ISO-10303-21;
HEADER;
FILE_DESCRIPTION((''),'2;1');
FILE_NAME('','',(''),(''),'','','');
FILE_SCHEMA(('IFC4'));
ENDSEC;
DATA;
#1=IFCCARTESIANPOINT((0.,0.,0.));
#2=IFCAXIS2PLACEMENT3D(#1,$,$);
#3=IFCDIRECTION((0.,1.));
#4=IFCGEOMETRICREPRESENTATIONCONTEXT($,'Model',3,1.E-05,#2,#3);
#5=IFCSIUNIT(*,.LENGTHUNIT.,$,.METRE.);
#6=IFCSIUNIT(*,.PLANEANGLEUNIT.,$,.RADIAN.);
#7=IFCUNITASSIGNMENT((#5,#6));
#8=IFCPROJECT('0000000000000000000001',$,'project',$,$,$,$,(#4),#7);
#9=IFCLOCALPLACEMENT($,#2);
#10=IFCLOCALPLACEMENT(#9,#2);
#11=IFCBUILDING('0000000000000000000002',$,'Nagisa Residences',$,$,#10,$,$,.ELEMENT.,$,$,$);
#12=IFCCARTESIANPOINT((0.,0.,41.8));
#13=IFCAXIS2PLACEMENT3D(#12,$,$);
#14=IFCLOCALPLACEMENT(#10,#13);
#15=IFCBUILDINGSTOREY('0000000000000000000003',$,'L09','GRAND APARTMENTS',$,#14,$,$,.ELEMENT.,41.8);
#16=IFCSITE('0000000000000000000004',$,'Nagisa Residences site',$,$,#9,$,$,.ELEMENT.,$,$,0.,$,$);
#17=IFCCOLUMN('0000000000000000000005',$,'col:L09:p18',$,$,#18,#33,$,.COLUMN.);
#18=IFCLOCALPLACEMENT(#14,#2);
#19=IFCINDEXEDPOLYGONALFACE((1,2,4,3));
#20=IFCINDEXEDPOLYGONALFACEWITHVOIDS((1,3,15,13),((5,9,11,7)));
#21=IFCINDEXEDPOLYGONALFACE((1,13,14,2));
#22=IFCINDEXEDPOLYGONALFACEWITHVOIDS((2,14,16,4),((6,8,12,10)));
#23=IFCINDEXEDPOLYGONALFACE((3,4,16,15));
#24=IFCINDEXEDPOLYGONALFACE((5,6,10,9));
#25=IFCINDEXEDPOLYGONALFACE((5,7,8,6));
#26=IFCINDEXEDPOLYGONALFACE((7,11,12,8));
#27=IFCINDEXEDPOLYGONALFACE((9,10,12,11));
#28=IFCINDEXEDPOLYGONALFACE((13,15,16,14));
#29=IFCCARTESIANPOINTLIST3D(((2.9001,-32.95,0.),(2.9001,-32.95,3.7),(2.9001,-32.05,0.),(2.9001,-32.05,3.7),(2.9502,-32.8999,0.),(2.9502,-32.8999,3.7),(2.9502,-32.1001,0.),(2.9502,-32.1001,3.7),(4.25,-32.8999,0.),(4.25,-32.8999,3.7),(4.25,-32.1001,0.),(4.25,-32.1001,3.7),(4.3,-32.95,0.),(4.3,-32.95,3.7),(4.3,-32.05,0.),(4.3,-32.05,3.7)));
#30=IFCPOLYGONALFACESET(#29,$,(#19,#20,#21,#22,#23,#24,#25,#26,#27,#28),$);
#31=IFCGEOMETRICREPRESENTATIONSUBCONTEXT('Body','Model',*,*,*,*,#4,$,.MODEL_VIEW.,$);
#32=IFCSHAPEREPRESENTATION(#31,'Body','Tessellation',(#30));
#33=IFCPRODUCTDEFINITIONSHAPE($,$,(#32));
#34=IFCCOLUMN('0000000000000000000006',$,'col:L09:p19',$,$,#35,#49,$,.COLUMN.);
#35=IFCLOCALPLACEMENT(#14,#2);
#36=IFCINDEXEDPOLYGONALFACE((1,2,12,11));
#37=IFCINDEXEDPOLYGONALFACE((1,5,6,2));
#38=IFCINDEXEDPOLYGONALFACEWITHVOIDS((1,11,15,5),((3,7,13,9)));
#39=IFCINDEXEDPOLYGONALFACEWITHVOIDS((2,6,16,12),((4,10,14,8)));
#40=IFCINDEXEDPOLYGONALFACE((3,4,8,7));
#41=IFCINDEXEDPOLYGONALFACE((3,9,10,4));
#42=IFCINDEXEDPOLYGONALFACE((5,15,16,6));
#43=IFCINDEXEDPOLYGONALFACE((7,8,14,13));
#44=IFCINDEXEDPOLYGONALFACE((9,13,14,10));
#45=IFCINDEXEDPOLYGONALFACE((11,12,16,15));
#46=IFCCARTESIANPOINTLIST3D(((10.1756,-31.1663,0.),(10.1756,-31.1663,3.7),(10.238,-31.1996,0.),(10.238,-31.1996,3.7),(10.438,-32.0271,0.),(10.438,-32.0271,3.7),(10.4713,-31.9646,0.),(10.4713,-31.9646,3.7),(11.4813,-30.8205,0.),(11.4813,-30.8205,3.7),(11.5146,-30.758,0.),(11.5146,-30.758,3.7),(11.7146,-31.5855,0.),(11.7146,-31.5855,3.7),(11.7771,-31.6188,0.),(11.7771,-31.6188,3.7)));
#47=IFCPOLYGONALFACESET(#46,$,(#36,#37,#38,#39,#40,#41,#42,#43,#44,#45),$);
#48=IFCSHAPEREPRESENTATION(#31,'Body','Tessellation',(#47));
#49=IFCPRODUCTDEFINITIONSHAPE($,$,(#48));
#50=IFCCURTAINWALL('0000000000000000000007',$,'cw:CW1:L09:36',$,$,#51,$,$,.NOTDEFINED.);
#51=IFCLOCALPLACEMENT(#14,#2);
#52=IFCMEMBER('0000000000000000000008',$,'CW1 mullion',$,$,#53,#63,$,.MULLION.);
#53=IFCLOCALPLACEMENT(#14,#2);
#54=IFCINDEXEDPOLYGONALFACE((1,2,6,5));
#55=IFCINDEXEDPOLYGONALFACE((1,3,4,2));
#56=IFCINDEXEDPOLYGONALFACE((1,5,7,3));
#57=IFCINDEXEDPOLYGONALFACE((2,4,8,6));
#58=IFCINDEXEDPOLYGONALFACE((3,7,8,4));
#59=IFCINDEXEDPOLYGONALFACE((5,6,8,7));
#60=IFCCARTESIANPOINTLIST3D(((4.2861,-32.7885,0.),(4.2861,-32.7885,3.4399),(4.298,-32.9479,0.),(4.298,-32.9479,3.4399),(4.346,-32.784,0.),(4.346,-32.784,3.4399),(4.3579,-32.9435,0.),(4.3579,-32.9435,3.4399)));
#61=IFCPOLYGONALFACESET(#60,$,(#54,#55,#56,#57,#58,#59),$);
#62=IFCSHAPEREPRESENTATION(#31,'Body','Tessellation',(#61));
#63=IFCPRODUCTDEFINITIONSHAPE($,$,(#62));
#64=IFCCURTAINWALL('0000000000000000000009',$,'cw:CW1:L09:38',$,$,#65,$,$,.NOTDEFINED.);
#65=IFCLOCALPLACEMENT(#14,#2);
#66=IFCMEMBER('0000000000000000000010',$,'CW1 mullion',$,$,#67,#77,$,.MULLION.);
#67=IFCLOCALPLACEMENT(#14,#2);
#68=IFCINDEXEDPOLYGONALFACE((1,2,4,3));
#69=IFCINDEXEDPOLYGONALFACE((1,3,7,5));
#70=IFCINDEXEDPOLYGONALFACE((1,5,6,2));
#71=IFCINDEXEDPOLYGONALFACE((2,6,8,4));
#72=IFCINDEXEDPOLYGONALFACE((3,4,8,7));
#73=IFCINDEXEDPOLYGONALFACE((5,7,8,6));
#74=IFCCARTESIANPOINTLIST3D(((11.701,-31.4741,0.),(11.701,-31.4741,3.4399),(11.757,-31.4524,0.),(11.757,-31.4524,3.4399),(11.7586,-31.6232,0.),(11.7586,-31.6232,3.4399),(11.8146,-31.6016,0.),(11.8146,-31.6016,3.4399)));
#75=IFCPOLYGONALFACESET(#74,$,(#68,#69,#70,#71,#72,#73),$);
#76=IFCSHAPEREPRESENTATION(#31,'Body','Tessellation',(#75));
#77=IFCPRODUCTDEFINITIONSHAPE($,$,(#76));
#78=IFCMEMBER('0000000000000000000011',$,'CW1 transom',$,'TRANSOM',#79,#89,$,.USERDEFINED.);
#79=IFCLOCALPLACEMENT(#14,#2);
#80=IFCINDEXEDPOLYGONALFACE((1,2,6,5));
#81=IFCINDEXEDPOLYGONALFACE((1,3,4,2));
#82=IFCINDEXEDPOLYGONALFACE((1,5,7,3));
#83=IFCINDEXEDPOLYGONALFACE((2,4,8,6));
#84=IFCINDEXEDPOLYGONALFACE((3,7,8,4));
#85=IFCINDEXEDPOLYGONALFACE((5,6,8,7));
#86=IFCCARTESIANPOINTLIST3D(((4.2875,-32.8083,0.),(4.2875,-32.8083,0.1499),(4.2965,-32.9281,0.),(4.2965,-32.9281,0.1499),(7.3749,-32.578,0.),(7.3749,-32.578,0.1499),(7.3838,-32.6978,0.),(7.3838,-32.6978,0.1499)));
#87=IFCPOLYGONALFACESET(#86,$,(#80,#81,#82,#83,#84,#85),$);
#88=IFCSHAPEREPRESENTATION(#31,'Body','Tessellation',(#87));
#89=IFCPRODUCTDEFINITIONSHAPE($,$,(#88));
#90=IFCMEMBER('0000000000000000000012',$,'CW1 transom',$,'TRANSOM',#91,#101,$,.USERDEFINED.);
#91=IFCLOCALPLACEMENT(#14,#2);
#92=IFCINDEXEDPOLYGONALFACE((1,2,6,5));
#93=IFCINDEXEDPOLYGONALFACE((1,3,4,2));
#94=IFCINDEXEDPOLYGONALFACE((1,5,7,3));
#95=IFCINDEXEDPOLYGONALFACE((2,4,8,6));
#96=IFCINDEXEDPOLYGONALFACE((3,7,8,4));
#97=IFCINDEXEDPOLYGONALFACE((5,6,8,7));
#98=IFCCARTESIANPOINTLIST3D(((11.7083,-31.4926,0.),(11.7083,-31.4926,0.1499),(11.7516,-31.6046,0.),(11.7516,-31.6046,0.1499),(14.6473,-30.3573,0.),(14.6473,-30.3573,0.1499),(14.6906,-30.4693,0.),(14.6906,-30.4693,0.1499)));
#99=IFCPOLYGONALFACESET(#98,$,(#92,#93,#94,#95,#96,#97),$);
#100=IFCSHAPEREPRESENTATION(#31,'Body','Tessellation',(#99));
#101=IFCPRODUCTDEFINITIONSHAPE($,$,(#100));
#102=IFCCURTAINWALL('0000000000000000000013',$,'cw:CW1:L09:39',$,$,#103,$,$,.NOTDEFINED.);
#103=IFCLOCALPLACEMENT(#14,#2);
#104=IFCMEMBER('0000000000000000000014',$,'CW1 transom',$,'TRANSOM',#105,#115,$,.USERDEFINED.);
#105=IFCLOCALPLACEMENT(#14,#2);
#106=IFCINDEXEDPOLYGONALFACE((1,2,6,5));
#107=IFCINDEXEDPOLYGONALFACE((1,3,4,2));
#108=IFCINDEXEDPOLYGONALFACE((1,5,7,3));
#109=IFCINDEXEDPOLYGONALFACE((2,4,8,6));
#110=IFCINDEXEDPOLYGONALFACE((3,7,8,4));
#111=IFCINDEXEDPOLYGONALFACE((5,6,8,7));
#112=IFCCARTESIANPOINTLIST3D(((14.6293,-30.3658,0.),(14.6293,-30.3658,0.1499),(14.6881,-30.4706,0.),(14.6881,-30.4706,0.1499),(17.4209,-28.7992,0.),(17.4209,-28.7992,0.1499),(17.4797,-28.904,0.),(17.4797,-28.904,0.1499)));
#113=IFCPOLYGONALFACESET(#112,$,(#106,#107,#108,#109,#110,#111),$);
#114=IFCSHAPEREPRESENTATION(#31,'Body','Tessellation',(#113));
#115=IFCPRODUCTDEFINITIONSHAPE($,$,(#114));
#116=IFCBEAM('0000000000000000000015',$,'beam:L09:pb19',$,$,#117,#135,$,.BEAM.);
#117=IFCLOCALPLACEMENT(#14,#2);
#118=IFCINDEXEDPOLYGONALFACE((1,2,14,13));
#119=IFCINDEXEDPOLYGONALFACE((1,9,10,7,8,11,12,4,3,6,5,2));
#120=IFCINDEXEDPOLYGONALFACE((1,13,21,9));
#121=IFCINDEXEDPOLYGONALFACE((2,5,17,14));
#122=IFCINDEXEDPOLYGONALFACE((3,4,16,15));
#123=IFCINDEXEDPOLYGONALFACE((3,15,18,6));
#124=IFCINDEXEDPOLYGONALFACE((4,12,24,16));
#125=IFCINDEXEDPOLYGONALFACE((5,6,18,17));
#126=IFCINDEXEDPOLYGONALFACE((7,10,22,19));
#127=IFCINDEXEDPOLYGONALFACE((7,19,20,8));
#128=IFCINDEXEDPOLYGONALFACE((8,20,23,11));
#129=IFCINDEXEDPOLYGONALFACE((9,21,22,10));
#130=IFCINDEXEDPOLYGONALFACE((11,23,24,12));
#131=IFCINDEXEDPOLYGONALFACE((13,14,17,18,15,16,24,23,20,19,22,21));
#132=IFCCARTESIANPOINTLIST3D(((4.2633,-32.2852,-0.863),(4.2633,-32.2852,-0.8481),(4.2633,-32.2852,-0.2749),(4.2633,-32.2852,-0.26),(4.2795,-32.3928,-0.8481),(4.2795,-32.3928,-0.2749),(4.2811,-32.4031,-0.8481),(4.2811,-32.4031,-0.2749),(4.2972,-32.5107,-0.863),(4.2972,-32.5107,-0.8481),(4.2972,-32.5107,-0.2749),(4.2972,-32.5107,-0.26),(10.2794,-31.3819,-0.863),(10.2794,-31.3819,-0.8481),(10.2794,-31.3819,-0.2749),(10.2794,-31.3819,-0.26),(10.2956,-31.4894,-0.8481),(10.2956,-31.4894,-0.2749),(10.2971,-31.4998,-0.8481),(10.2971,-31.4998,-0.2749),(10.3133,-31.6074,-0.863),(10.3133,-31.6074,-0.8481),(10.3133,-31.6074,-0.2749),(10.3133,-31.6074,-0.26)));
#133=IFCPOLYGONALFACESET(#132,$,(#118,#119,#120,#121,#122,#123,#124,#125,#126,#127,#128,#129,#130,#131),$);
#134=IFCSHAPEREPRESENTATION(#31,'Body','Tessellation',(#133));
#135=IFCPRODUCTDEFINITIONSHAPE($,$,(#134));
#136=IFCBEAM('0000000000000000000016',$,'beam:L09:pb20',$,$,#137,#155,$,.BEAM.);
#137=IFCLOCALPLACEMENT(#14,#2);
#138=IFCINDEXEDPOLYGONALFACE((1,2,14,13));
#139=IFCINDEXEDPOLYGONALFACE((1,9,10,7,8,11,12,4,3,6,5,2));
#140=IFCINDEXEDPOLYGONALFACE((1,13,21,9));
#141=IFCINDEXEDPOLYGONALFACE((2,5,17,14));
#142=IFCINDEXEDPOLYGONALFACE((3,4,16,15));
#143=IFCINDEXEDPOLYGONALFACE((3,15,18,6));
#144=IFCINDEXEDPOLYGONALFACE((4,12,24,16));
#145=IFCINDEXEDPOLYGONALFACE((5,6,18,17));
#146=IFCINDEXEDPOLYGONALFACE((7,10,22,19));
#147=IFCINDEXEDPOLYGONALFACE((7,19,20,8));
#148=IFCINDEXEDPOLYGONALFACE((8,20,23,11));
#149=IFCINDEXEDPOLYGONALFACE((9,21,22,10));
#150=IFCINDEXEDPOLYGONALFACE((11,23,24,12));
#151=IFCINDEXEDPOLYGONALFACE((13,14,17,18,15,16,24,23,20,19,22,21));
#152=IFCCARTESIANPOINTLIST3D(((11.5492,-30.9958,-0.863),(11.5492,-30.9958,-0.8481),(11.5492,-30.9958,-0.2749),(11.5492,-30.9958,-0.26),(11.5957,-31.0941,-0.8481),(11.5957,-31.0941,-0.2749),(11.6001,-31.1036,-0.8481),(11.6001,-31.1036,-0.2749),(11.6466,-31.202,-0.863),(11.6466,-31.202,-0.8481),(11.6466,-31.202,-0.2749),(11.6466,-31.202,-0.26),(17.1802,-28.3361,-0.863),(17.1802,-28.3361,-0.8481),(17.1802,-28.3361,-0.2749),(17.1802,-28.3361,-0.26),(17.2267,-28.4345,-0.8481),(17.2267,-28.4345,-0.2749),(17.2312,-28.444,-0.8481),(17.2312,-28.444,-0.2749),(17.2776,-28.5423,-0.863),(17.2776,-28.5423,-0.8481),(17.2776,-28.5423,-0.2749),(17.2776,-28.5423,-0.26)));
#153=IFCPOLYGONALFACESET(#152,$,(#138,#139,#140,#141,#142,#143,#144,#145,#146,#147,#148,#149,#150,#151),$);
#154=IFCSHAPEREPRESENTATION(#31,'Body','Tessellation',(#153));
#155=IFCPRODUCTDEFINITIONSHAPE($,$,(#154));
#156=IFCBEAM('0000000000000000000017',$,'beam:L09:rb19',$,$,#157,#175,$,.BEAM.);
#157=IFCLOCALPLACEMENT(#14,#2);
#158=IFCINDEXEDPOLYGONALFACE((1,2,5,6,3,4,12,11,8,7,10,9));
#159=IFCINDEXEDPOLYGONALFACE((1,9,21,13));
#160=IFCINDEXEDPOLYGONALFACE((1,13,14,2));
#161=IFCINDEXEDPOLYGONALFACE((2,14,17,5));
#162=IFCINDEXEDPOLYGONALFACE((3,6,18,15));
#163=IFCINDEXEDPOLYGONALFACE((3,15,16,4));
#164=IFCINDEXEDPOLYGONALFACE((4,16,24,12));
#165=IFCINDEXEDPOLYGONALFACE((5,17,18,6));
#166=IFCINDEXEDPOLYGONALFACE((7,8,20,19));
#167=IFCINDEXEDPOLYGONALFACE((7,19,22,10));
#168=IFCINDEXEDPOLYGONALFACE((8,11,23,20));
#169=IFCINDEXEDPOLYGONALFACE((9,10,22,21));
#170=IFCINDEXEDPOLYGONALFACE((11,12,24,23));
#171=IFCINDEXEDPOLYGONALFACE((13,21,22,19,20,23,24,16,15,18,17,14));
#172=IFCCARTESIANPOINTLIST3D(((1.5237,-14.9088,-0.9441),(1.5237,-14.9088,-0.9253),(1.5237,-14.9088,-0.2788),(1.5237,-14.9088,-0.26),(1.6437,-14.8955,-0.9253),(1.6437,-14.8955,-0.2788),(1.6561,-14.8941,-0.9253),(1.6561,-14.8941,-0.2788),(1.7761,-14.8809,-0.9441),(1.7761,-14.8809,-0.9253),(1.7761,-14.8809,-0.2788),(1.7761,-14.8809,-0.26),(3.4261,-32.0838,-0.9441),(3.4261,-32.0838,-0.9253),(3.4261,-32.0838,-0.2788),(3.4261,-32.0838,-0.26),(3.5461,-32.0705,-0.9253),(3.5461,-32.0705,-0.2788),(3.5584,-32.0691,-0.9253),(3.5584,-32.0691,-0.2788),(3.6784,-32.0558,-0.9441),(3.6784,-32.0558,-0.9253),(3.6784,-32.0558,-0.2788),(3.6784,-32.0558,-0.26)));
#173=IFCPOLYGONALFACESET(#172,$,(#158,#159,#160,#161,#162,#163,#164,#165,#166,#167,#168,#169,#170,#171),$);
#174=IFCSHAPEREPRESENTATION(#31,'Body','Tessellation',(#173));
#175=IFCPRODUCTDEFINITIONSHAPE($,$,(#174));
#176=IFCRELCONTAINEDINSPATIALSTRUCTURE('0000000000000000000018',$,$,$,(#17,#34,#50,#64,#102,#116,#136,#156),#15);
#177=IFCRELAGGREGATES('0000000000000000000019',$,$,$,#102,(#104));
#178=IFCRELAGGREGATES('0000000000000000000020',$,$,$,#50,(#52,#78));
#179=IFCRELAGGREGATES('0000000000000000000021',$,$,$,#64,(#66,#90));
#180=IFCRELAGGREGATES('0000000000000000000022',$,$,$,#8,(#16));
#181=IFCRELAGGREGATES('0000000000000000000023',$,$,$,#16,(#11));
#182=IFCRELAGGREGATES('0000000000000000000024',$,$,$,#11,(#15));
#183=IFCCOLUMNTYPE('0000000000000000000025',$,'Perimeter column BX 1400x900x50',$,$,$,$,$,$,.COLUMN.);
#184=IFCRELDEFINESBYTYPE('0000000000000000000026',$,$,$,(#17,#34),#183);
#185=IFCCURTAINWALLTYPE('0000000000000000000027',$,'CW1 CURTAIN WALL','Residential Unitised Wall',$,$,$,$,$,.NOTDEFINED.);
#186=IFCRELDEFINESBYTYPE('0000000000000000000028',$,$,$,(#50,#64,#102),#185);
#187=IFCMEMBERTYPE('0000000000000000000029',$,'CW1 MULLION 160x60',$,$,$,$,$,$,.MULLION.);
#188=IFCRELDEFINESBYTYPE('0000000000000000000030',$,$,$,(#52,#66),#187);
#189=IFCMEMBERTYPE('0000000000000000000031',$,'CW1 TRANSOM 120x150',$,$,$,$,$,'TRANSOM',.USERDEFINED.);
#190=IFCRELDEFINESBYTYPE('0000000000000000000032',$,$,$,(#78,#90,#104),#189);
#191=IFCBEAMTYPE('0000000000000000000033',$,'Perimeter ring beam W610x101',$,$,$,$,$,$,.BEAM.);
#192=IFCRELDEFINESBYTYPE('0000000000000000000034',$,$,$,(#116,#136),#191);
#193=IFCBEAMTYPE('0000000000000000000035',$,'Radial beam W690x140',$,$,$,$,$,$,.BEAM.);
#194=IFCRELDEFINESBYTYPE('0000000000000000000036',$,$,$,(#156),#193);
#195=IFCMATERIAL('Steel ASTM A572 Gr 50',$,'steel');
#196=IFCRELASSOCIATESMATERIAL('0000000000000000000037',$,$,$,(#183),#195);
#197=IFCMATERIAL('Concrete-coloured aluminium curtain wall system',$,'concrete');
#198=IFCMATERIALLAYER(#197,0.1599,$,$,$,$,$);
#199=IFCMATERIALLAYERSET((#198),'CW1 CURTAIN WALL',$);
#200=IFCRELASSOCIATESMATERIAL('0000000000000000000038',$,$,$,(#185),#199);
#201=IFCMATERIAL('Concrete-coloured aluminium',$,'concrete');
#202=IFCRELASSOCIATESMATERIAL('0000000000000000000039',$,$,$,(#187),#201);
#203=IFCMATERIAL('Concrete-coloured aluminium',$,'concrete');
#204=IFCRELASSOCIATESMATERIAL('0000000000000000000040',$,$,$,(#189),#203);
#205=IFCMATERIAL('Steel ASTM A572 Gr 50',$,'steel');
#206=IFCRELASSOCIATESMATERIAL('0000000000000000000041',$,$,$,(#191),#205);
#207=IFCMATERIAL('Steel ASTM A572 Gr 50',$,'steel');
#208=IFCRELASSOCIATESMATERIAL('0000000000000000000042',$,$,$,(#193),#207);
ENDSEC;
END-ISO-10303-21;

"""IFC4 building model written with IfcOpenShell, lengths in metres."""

from ifc_helpers import new_model, si_unit, direction, frame, origin, origin_2d, place, context, subcontext, project, spatial, rectangle, hollow_rectangle, i_section, extrude, material, layer, layer_set, material_profile, profile_set, type_object, element, aggregate, save


model = new_model("IFC4")

# Units and contexts
model_context = context("Model", 3, precision=1e-05, world=origin(), true_north=direction((0.0, 1.0)))
body_context = subcontext(model_context, "Body", "Model", "MODEL_VIEW")
ifc_project = project(units=[si_unit("LENGTHUNIT", "METRE"), si_unit("PLANEANGLEUNIT", "RADIAN")], contexts=[model_context])

# Site, building, storey
site_placement = place(None, origin())
site = spatial("IfcSite", under=ifc_project, at=site_placement, Name="Nagisa Residences site", CompositionType="ELEMENT", RefElevation=0.0)
building_placement = place(site_placement, origin())
building = spatial("IfcBuilding", under=site, at=building_placement, Name="Nagisa Residences", CompositionType="ELEMENT")
storey_placement = place(building_placement, frame((0.0, 0.0, 41.8)))
storey = spatial("IfcBuildingStorey", under=building, at=storey_placement, Name="L09", Description="GRAND APARTMENTS", CompositionType="ELEMENT", Elevation=41.8)

# Columns
ifc_material_1 = material(Name="Steel ASTM A572 Gr 50", Category="steel")
ifc_material_profile_1 = material_profile(ifc_material_1, hollow_rectangle(XDim=1.3999, YDim=0.8999, WallThickness=0.05, at=origin_2d()), Name="BX 1400x900x50")
ifc_profile_set_1 = profile_set([ifc_material_profile_1], Name="Steel ASTM A572 Gr 50")
column_type = type_object("IfcColumnType", Name="Perimeter column BX 1400x900x50", PredefinedType="COLUMN", material=ifc_profile_set_1)
for number, where, z_axis, x_axis, name in (
    (1, (3.6001, -32.5, 0.0), (0.0, 0.0, 1.0), (1.0, 0.0, 0.0), "col:L09:p18"),
    (2, (10.9763, -31.3926, 0.0), (0.0, 0.0, 1.0), (0.956525, 0.291652, 0.0), "col:L09:p19"),
):
    element("IfcColumn", number, at=place(storey_placement, frame(where, z_axis=z_axis, x_axis=x_axis)), inside=storey, type_object=column_type, Name=name, PredefinedType="COLUMN", context=body_context, shape_type="SweptSolid", body=[
        extrude(hollow_rectangle(XDim=1.3999, YDim=0.8999, WallThickness=0.05, at=origin_2d()), origin(), (0.0, 0.0, 1.0), 3.7),
    ])

# Curtain walls, members
ifc_material_2 = material(Name="Concrete-coloured aluminium curtain wall system", Category="concrete")
ifc_layer_1 = layer(ifc_material_2, 0.1599)
ifc_layer_set_1 = layer_set([ifc_layer_1], Name="CW1 CURTAIN WALL")
curtain_wall_type = type_object("IfcCurtainWallType", Name="CW1 CURTAIN WALL", Description="Residential Unitised Wall", PredefinedType="NOTDEFINED", material=ifc_layer_set_1)
curtain_wall_1_placement = place(storey_placement, origin())
curtain_wall_1 = element("IfcCurtainWall", 3, at=curtain_wall_1_placement, inside=storey, type_object=curtain_wall_type, Name="cw:CW1:L09:36", PredefinedType="NOTDEFINED")
ifc_material_3 = material(Name="Concrete-coloured aluminium", Category="concrete")
ifc_material_profile_2 = material_profile(ifc_material_3, rectangle(XDim=0.1599, YDim=0.0601, at=origin_2d()), Name="CW1 MULLION 160x60")
ifc_profile_set_2 = profile_set([ifc_material_profile_2], Name="Concrete-coloured aluminium")
member_type_1 = type_object("IfcMemberType", Name="CW1 MULLION 160x60", PredefinedType="MULLION", material=ifc_profile_set_2)
member_1_placement = place(storey_placement, frame((4.322, -32.866, 0.0), z_axis=(0.0, 0.0, 1.0), x_axis=(-0.074377, 0.99723, 0.0)))
member_1 = element("IfcMember", 4, at=member_1_placement, type_object=member_type_1, Name="CW1 mullion", PredefinedType="MULLION", context=body_context, shape_type="SweptSolid", body=[
    extrude(rectangle(XDim=0.1599, YDim=0.0601, at=origin_2d()), origin(), (0.0, 0.0, 1.0), 3.4399),
])
curtain_wall_2_placement = place(storey_placement, origin())
curtain_wall_2 = element("IfcCurtainWall", 5, at=curtain_wall_2_placement, inside=storey, type_object=curtain_wall_type, Name="cw:CW1:L09:38", PredefinedType="NOTDEFINED")
member_2_placement = place(storey_placement, frame((11.7578, -31.5378, 0.0), z_axis=(0.0, 0.0, 1.0), x_axis=(-0.360328, 0.932826, 0.0)))
member_2 = element("IfcMember", 6, at=member_2_placement, type_object=member_type_1, Name="CW1 mullion", PredefinedType="MULLION", context=body_context, shape_type="SweptSolid", body=[
    extrude(rectangle(XDim=0.1599, YDim=0.0601, at=origin_2d()), origin(), (0.0, 0.0, 1.0), 3.4399),
])

# Members
ifc_material_4 = material(Name="Concrete-coloured aluminium", Category="concrete")
ifc_material_profile_3 = material_profile(ifc_material_4, rectangle(XDim=0.1201, YDim=0.1499, at=origin_2d()), Name="CW1 TRANSOM 120x150")
ifc_profile_set_3 = profile_set([ifc_material_profile_3], Name="Concrete-coloured aluminium")
member_type_2 = type_object("IfcMemberType", Name="CW1 TRANSOM 120x150", ElementType="TRANSOM", PredefinedType="USERDEFINED", material=ifc_profile_set_3)
member_3_placement = place(storey_placement, frame((4.292, -32.8682, 0.075), z_axis=(0.997231, 0.074363, 0.0), x_axis=(-0.074363, 0.997231, 0.0)))
member_3 = element("IfcMember", 7, at=member_3_placement, type_object=member_type_2, Name="CW1 transom", ObjectType="TRANSOM", PredefinedType="USERDEFINED", context=body_context, shape_type="SweptSolid", body=[
    extrude(rectangle(XDim=0.1201, YDim=0.1499, at=origin_2d()), origin(), (0.0, 0.0, 1.0), 3.0959),
])
member_4_placement = place(storey_placement, frame((11.73, -31.5486, 0.075), z_axis=(0.932825, 0.360329, 0.0), x_axis=(-0.360329, 0.932825, 0.0)))
member_4 = element("IfcMember", 8, at=member_4_placement, type_object=member_type_2, Name="CW1 transom", ObjectType="TRANSOM", PredefinedType="USERDEFINED", context=body_context, shape_type="SweptSolid", body=[
    extrude(rectangle(XDim=0.1201, YDim=0.1499, at=origin_2d()), origin(), (0.0, 0.0, 1.0), 3.1506),
])

# Curtain wall, member
curtain_wall_3_placement = place(storey_placement, origin())
curtain_wall_3 = element("IfcCurtainWall", 9, at=curtain_wall_3_placement, inside=storey, type_object=curtain_wall_type, Name="cw:CW1:L09:39", PredefinedType="NOTDEFINED")
member_5_placement = place(storey_placement, frame((14.6587, -30.4182, 0.075), z_axis=(0.87207, 0.489381, 0.0), x_axis=(-0.489381, 0.87207, 0.0)))
member_5 = element("IfcMember", 10, at=member_5_placement, type_object=member_type_2, Name="CW1 transom", ObjectType="TRANSOM", PredefinedType="USERDEFINED", context=body_context, shape_type="SweptSolid", body=[
    extrude(rectangle(XDim=0.1201, YDim=0.1499, at=origin_2d()), origin(), (0.0, 0.0, 1.0), 3.2012),
])
aggregate(curtain_wall_3, [member_5])

# Beams
ifc_material_5 = material(Name="Steel ASTM A572 Gr 50", Category="steel")
ifc_material_profile_4 = material_profile(ifc_material_5, i_section(OverallWidth=0.228, OverallDepth=0.603, WebThickness=0.0105, FlangeThickness=0.0149, at=origin_2d()), Name="W610x101")
ifc_profile_set_4 = profile_set([ifc_material_profile_4], Name="Steel ASTM A572 Gr 50")
beam_type_1 = type_object("IfcBeamType", Name="Perimeter ring beam W610x101", PredefinedType="BEAM", material=ifc_profile_set_4)
beam_1_placement = place(storey_placement, frame((4.2803, -32.3979, -0.5615), z_axis=(0.988915, 0.148486, 0.0), x_axis=(-0.148486, 0.988915, 0.0)))
element("IfcBeam", 11, at=beam_1_placement, inside=storey, type_object=beam_type_1, Name="beam:L09:pb19", PredefinedType="BEAM", context=body_context, shape_type="SweptSolid", body=[
    extrude(i_section(OverallWidth=0.228, OverallDepth=0.603, WebThickness=0.0105, FlangeThickness=0.0149, at=origin_2d()), origin(), (0.0, 0.0, 1.0), 6.0835),
])
beam_2_placement = place(storey_placement, frame((11.5979, -31.0989, -0.5615), z_axis=(0.904215, 0.427077, 0.0), x_axis=(-0.427077, 0.904215, 0.0)))
element("IfcBeam", 12, at=beam_2_placement, inside=storey, type_object=beam_type_1, Name="beam:L09:pb20", PredefinedType="BEAM", context=body_context, shape_type="SweptSolid", body=[
    extrude(i_section(OverallWidth=0.228, OverallDepth=0.603, WebThickness=0.0105, FlangeThickness=0.0149, at=origin_2d()), origin(), (0.0, 0.0, 1.0), 6.2275),
])
ifc_material_6 = material(Name="Steel ASTM A572 Gr 50", Category="steel")
ifc_material_profile_5 = material_profile(ifc_material_6, i_section(OverallWidth=0.2539, OverallDepth=0.6841, WebThickness=0.0125, FlangeThickness=0.0188, at=origin_2d()), Name="W690x140")
ifc_profile_set_5 = profile_set([ifc_material_profile_5], Name="Steel ASTM A572 Gr 50")
beam_type_2 = type_object("IfcBeamType", Name="Radial beam W690x140", PredefinedType="BEAM", material=ifc_profile_set_5)
beam_3_placement = place(storey_placement, frame((3.5522, -32.0698, -0.6021), z_axis=(-0.110089, 0.993922, 0.0), x_axis=(-0.993922, -0.110089, 0.0)))
element("IfcBeam", 13, at=beam_3_placement, inside=storey, type_object=beam_type_2, Name="beam:L09:rb19", PredefinedType="BEAM", context=body_context, shape_type="SweptSolid", body=[
    extrude(i_section(OverallWidth=0.2539, OverallDepth=0.6841, WebThickness=0.0125, FlangeThickness=0.0188, at=origin_2d()), origin(), (0.0, 0.0, 1.0), 17.28),
])

aggregate(curtain_wall_1, [member_1, member_3])
aggregate(curtain_wall_2, [member_2, member_4])

save(model, "model.ifc")
